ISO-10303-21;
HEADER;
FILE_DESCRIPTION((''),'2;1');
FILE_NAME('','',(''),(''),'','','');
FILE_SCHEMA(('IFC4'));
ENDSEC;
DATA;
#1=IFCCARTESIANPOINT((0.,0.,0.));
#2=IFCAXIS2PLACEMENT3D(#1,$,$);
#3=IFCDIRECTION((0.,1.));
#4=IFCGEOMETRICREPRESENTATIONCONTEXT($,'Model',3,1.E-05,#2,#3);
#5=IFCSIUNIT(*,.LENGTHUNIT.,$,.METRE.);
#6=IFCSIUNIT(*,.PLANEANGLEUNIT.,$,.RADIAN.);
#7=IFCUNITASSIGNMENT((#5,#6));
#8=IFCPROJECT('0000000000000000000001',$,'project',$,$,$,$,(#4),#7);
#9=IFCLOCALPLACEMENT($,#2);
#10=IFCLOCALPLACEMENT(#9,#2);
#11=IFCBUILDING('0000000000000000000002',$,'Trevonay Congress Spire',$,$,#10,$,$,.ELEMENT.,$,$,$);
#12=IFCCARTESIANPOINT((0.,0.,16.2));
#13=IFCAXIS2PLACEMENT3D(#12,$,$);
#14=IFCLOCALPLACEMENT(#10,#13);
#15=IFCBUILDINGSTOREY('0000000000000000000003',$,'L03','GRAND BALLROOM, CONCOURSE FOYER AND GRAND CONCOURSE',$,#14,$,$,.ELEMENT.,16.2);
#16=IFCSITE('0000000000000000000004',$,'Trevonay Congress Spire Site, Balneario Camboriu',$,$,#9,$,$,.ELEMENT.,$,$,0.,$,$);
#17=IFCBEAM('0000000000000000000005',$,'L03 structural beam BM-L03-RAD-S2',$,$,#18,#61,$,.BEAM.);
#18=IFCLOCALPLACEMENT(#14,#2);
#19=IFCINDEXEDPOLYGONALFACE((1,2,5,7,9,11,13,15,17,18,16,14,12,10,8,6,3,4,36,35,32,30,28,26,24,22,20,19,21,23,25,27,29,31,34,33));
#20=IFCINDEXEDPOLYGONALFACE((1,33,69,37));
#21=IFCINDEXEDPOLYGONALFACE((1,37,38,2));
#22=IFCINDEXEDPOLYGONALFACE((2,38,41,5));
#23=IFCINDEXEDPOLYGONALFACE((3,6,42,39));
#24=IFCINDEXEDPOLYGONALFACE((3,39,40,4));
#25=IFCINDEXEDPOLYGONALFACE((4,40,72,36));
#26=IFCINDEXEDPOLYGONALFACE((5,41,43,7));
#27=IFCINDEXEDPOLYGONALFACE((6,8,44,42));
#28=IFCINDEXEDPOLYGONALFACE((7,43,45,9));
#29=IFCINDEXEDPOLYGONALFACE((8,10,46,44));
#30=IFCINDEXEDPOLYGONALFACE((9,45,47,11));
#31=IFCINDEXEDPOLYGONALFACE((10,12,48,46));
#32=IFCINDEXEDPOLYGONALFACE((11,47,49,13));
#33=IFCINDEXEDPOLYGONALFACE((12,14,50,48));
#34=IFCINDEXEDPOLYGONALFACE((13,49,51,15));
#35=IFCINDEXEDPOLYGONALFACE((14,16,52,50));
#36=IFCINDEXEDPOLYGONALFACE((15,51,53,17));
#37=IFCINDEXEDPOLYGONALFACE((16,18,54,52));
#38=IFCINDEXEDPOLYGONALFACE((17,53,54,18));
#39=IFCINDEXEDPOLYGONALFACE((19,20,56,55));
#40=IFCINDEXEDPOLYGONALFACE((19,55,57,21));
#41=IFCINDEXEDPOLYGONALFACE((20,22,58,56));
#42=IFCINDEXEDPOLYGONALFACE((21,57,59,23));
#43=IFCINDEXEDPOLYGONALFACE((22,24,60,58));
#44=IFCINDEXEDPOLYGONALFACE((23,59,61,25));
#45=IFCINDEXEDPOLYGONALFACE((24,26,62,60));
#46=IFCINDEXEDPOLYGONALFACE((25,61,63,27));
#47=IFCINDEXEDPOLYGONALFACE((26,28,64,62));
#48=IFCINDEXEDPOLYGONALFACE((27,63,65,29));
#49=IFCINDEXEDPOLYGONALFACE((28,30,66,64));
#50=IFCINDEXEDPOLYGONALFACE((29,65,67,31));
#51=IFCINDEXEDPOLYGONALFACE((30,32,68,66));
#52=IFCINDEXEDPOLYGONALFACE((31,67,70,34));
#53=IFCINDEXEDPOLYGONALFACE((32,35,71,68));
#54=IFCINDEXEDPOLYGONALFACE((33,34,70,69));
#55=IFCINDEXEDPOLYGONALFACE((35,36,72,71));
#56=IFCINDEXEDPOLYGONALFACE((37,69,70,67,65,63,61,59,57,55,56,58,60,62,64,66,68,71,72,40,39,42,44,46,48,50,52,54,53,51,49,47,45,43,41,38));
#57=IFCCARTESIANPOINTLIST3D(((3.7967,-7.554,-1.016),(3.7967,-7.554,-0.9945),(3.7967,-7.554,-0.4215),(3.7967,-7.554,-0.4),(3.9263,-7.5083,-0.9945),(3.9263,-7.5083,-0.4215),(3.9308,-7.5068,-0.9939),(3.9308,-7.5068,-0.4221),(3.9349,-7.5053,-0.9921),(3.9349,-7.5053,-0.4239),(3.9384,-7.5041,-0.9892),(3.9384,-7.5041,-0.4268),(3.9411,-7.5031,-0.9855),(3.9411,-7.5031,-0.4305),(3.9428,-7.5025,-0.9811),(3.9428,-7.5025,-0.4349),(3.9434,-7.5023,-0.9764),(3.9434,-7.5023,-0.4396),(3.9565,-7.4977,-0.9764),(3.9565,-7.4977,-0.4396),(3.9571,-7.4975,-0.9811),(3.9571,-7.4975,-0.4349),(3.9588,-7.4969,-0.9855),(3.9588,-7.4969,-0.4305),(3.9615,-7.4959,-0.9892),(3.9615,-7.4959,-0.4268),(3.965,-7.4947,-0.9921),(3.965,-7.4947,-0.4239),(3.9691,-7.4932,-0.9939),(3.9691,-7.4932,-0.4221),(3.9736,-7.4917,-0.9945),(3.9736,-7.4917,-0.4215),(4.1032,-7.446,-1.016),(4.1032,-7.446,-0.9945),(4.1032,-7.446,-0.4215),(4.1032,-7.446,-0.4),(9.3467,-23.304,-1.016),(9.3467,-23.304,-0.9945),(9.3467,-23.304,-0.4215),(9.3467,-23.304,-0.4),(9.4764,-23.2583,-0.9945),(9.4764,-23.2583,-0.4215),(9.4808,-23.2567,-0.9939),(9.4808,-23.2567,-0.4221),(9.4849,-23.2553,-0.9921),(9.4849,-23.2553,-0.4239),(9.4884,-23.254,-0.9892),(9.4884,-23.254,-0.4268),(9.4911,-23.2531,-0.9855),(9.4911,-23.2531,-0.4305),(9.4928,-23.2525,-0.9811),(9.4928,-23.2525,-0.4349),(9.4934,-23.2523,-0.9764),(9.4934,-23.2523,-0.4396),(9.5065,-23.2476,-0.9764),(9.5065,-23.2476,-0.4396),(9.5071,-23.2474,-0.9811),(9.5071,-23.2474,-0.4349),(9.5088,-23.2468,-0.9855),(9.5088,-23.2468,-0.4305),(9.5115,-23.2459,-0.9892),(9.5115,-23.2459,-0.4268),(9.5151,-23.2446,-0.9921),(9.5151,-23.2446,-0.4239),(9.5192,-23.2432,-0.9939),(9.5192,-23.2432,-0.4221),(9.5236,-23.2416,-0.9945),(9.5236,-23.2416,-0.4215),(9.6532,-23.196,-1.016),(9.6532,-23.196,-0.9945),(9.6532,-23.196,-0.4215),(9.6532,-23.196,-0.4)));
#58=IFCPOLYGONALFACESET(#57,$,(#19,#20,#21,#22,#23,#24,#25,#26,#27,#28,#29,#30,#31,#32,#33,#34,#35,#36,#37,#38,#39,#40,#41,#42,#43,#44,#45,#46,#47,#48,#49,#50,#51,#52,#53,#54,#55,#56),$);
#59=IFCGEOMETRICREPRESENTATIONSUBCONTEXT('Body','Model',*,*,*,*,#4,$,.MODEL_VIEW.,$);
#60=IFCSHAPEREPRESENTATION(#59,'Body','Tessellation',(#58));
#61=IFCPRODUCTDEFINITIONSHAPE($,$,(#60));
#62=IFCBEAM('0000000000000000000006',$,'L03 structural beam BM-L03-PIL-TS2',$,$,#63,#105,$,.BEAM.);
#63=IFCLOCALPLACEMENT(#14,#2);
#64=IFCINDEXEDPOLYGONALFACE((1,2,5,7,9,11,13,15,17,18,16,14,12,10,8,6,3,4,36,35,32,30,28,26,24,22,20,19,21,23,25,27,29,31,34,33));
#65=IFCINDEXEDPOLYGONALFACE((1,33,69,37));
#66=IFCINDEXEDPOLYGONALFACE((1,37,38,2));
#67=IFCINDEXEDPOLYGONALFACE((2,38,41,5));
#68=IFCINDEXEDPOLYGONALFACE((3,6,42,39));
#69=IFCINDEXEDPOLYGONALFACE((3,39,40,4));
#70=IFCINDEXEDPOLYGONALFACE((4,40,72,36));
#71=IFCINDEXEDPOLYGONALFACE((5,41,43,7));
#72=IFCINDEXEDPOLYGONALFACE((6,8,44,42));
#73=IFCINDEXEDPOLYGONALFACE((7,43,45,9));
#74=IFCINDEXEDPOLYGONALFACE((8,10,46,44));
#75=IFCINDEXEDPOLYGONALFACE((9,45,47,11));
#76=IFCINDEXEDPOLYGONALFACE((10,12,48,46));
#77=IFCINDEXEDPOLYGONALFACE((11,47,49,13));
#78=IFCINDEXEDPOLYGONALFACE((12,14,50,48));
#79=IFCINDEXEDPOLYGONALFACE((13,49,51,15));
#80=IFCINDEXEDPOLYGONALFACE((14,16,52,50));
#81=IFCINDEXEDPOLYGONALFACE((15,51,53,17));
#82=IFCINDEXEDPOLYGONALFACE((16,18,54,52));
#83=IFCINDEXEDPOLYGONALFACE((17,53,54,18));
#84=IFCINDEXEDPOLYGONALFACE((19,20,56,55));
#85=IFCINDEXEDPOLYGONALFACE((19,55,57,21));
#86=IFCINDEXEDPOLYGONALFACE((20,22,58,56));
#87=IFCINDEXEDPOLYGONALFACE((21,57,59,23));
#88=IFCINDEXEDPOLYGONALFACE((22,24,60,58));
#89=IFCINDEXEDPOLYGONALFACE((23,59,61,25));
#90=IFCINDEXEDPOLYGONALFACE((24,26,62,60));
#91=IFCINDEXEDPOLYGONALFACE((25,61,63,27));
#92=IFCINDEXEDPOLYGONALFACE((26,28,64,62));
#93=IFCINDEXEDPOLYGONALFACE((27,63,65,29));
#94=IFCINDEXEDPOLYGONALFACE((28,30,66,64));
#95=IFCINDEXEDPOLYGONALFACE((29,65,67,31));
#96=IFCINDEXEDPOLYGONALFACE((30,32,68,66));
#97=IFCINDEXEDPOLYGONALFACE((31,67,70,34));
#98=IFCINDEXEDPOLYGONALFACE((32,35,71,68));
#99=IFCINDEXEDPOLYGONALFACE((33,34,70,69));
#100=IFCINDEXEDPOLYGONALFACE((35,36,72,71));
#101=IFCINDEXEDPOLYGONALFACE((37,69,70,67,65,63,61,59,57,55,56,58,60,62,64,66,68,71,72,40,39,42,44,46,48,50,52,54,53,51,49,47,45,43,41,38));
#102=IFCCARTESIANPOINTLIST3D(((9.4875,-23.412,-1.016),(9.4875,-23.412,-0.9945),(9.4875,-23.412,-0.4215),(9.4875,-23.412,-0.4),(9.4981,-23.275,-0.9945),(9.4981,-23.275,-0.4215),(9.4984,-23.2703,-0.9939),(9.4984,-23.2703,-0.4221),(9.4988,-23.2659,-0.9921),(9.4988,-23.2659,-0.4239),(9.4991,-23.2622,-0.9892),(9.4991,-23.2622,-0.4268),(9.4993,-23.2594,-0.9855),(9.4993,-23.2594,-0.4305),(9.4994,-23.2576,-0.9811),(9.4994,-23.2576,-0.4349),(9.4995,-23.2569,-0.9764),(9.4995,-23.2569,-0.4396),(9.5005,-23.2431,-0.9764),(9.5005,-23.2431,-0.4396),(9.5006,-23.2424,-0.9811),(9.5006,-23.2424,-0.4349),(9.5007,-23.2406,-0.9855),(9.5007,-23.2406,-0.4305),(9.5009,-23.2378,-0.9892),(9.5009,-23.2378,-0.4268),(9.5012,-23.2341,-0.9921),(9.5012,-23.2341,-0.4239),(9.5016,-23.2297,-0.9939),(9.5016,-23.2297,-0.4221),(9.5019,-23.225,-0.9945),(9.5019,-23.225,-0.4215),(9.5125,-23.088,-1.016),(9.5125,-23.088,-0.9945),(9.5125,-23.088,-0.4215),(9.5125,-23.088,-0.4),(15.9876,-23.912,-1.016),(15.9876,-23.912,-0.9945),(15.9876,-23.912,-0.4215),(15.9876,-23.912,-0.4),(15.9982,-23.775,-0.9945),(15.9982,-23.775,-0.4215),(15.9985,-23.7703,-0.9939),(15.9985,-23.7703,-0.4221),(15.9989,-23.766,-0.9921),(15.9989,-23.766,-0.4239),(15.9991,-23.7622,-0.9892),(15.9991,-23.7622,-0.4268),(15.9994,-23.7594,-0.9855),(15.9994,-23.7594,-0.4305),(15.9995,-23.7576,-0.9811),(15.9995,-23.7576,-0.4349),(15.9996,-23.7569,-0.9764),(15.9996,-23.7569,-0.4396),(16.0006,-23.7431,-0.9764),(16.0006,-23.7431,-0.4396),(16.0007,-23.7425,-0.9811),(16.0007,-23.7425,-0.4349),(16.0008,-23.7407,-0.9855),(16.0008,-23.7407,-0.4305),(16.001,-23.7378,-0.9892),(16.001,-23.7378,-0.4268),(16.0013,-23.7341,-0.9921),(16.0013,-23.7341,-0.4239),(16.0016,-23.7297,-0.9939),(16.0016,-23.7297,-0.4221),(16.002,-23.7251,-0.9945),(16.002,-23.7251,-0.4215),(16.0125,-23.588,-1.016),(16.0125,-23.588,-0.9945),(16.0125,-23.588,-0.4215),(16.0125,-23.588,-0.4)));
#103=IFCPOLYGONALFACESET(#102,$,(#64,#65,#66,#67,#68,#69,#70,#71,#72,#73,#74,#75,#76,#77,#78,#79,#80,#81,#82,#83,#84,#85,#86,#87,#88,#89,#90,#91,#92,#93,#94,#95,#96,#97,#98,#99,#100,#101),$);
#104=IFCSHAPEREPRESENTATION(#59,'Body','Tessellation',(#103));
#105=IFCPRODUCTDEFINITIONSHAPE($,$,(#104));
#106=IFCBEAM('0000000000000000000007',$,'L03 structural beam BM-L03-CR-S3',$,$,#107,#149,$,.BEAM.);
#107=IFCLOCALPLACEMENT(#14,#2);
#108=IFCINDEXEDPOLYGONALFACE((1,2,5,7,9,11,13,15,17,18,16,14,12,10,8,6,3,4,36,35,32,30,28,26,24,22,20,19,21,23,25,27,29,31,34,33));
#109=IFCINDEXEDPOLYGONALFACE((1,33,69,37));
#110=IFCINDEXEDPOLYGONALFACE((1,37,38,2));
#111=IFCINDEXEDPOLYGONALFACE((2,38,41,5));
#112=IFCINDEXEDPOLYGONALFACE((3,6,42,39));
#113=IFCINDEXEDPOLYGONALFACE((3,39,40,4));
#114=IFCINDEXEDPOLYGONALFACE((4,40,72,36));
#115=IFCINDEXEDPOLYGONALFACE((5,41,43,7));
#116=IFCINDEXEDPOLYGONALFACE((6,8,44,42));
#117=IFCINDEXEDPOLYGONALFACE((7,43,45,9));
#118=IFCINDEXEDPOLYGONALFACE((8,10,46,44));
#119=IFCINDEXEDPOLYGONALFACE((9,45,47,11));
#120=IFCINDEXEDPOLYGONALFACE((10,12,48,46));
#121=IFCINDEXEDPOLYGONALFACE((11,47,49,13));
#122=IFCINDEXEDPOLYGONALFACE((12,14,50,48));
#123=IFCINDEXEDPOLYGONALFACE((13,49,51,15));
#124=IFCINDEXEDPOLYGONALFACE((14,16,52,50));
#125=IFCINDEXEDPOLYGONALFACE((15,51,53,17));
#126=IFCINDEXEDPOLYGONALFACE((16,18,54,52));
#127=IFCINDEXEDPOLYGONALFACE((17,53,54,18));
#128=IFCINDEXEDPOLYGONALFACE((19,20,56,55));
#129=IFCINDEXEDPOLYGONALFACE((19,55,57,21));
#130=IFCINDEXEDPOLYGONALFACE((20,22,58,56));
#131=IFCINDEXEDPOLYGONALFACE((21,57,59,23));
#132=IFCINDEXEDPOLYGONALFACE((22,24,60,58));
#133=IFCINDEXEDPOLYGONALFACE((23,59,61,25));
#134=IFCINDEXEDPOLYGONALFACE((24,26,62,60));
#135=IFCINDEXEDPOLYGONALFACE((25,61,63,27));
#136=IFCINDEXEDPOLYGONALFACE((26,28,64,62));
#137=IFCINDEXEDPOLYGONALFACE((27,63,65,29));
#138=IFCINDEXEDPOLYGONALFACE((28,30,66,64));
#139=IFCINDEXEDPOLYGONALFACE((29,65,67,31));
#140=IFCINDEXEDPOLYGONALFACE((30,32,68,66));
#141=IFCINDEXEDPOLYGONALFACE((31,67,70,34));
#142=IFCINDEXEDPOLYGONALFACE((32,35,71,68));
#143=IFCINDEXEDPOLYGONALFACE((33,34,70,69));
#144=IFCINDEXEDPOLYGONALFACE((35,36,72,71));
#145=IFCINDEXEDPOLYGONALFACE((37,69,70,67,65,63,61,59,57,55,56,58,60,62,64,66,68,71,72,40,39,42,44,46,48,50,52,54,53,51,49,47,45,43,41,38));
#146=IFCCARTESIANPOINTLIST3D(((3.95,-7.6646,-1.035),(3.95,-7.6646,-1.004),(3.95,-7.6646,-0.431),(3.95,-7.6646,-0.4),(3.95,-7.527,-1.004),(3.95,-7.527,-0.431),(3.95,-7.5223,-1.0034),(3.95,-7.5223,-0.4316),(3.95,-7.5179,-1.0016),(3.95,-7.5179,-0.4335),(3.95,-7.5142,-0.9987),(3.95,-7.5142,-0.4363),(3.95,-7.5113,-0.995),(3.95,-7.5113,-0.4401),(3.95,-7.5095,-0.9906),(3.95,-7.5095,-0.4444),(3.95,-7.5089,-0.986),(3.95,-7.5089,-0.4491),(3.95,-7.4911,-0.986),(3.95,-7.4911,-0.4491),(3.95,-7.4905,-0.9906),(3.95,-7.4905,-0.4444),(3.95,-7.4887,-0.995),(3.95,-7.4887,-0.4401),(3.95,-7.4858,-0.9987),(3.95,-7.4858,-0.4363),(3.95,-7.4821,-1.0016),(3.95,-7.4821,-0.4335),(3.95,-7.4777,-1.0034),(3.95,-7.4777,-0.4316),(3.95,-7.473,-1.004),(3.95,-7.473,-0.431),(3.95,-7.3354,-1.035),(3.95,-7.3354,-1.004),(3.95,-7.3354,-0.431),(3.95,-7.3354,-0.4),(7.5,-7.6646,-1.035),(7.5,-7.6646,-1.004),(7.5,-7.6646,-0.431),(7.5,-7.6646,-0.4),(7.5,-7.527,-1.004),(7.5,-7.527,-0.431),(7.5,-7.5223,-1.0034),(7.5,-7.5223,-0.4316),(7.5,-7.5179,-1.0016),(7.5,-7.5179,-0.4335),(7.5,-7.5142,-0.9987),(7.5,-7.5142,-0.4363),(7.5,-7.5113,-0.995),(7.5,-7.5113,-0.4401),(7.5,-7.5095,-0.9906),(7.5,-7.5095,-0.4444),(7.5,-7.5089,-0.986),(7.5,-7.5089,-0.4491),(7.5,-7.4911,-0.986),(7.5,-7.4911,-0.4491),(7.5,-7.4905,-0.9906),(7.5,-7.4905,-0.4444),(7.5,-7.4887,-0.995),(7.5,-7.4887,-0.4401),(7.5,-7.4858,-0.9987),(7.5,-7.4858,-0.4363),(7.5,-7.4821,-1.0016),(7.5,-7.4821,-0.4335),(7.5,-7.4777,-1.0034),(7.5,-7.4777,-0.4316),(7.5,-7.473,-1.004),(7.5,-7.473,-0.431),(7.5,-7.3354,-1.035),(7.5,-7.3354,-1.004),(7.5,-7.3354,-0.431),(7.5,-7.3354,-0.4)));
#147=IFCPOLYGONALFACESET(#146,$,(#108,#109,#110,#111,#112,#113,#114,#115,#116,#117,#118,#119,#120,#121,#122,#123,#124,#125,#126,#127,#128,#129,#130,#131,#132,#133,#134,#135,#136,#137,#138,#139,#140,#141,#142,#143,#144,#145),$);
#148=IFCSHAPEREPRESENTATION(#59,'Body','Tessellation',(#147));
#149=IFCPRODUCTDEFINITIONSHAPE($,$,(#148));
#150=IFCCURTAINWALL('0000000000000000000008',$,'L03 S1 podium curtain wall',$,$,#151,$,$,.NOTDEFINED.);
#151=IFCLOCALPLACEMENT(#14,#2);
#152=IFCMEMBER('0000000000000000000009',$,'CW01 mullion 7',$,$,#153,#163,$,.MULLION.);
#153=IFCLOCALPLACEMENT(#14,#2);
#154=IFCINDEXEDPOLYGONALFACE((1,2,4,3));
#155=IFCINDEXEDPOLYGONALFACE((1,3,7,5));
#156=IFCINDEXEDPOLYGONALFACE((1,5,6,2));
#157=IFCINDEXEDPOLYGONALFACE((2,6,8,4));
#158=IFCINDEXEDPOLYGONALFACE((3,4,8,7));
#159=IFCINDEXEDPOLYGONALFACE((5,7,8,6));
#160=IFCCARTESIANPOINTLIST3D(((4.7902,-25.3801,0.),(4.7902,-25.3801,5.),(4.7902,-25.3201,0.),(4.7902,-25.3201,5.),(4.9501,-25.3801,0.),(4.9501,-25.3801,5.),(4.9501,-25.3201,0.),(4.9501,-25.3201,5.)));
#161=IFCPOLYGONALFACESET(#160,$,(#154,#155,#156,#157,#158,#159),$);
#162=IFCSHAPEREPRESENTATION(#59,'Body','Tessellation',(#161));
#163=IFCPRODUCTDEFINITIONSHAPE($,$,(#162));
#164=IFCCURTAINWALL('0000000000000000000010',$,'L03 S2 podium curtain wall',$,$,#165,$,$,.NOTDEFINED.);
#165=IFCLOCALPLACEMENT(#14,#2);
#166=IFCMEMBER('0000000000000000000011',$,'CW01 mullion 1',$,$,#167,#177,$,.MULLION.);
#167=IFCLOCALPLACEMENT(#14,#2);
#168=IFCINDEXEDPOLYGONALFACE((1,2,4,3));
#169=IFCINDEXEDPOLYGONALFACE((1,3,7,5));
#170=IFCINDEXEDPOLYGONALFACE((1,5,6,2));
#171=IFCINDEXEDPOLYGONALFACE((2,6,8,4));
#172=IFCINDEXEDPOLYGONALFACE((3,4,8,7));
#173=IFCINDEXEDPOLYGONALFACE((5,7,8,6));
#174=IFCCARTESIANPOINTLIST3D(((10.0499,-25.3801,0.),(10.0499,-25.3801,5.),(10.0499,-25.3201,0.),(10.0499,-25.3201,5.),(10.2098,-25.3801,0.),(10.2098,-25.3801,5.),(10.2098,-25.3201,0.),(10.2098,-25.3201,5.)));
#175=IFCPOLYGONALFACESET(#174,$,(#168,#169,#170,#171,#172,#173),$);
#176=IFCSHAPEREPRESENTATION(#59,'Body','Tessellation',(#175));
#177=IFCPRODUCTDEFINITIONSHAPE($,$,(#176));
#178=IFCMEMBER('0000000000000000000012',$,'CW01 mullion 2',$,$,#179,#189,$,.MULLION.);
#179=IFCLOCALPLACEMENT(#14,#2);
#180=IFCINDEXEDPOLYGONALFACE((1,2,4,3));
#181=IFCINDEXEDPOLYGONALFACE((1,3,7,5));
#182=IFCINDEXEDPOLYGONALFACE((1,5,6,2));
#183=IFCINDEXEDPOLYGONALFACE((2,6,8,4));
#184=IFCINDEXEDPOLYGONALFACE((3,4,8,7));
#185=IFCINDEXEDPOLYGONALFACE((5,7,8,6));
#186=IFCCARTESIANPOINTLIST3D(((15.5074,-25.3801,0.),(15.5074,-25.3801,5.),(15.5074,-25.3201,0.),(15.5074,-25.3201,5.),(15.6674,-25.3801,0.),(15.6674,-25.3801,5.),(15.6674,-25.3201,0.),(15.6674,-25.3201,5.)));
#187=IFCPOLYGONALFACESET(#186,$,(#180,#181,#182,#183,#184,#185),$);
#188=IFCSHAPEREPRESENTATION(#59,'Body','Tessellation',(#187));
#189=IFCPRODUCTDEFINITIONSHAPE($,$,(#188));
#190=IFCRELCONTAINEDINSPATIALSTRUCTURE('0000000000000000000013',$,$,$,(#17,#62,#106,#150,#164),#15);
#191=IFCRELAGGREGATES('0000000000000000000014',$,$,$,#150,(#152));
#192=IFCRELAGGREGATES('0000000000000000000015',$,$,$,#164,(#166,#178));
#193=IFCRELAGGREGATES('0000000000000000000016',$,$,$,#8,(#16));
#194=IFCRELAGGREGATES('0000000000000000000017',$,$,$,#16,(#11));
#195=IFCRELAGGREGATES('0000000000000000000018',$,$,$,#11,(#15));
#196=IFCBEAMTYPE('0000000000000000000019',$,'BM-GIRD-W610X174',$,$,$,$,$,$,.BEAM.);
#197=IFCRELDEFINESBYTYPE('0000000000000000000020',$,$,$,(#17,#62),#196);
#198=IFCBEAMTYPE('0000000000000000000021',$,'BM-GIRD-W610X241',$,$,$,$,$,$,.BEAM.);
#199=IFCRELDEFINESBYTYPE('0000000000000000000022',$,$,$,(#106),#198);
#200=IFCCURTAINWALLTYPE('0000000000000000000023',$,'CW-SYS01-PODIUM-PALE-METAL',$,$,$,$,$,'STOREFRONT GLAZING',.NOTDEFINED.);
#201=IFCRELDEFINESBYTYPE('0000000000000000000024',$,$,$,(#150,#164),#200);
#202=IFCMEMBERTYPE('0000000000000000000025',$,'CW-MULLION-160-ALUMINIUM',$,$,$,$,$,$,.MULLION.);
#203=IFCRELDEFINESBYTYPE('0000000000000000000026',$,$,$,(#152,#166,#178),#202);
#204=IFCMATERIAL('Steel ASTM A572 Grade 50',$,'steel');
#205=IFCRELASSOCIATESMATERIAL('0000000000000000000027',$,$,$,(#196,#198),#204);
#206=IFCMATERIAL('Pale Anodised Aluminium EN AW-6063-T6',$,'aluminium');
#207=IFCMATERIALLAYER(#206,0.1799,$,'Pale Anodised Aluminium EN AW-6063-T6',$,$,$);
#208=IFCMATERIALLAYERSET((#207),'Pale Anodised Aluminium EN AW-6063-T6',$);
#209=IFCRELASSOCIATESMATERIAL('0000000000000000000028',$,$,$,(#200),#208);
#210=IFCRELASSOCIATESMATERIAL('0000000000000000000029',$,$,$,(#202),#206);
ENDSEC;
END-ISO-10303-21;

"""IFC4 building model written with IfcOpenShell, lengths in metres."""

from ifc_helpers import new_model, si_unit, direction, frame, origin, origin_2d, place, context, subcontext, project, spatial, rectangle, i_section, extrude, material, layer, layer_set, material_profile, profile_set, type_object, element, aggregate, save


model = new_model("IFC4")

# Units and contexts
model_context = context("Model", 3, precision=1e-05, world=origin(), true_north=direction((0.0, 1.0)))
body_context = subcontext(model_context, "Body", "Model", "MODEL_VIEW")
ifc_project = project(units=[si_unit("LENGTHUNIT", "METRE"), si_unit("PLANEANGLEUNIT", "RADIAN")], contexts=[model_context])

# Site, building, storey
site_placement = place(None, origin())
site = spatial("IfcSite", under=ifc_project, at=site_placement, Name="Trevonay Congress Spire Site, Balneario Camboriu", CompositionType="ELEMENT", RefElevation=0.0)
building_placement = place(site_placement, origin())
building = spatial("IfcBuilding", under=site, at=building_placement, Name="Trevonay Congress Spire", CompositionType="ELEMENT")
storey_placement = place(building_placement, frame((0.0, 0.0, 16.2)))
storey = spatial("IfcBuildingStorey", under=building, at=storey_placement, Name="L03", Description="GRAND BALLROOM, CONCOURSE FOYER AND GRAND CONCOURSE", CompositionType="ELEMENT", Elevation=16.2)

# Shared definitions
ifc_material_1 = material(Name="Steel ASTM A572 Grade 50", Category="steel")

# Beams
ifc_material_profile_1 = material_profile(ifc_material_1, i_section(OverallWidth=0.325, OverallDepth=0.616, WebThickness=0.0139, FlangeThickness=0.0215, FilletRadius=0.0181, at=origin_2d()), Name="W610x174")
ifc_profile_set_1 = profile_set([ifc_material_profile_1], Name="Steel ASTM A572 Grade 50")
beam_type_1 = type_object("IfcBeamType", Name="BM-GIRD-W610X174", PredefinedType="BEAM", material=ifc_profile_set_1)
beam_1_placement = place(storey_placement, frame((3.95, -7.5, -0.708), z_axis=(0.332353, -0.943155, 0.0), x_axis=(0.943155, 0.332353, 0.0)))
element("IfcBeam", 1, at=beam_1_placement, inside=storey, type_object=beam_type_1, Name="L03 structural beam BM-L03-RAD-S2", PredefinedType="BEAM", context=body_context, shape_type="SweptSolid", body=[
    extrude(i_section(OverallWidth=0.325, OverallDepth=0.616, WebThickness=0.0139, FlangeThickness=0.0215, FilletRadius=0.0181, at=origin_2d()), origin(), (0.0, 0.0, 1.0), 16.6992),
])
beam_2_placement = place(storey_placement, frame((9.5, -23.25, -0.708), z_axis=(0.997054, -0.076696, 0.0), x_axis=(0.076696, 0.997054, 0.0)))
element("IfcBeam", 2, at=beam_2_placement, inside=storey, type_object=beam_type_1, Name="L03 structural beam BM-L03-PIL-TS2", PredefinedType="BEAM", context=body_context, shape_type="SweptSolid", body=[
    extrude(i_section(OverallWidth=0.325, OverallDepth=0.616, WebThickness=0.0139, FlangeThickness=0.0215, FilletRadius=0.0181, at=origin_2d()), origin(), (0.0, 0.0, 1.0), 6.5193),
])
ifc_material_profile_2 = material_profile(ifc_material_1, i_section(OverallWidth=0.3291, OverallDepth=0.635, WebThickness=0.0178, FlangeThickness=0.031, FilletRadius=0.0181, at=origin_2d()), Name="W610x241")
ifc_profile_set_2 = profile_set([ifc_material_profile_2], Name="Steel ASTM A572 Grade 50")
beam_type_2 = type_object("IfcBeamType", Name="BM-GIRD-W610X241", PredefinedType="BEAM", material=ifc_profile_set_2)
beam_3_placement = place(storey_placement, frame((3.95, -7.5, -0.7175), z_axis=(1.0, 0.0, 0.0), x_axis=(0.0, 1.0, 0.0)))
element("IfcBeam", 3, at=beam_3_placement, inside=storey, type_object=beam_type_2, Name="L03 structural beam BM-L03-CR-S3", PredefinedType="BEAM", context=body_context, shape_type="SweptSolid", body=[
    extrude(i_section(OverallWidth=0.3291, OverallDepth=0.635, WebThickness=0.0178, FlangeThickness=0.031, FilletRadius=0.0181, at=origin_2d()), origin(), (0.0, 0.0, 1.0), 3.55),
])

# Curtain wall, member
ifc_material_2 = material(Name="Pale Anodised Aluminium EN AW-6063-T6", Category="aluminium")
ifc_layer_1 = layer(ifc_material_2, 0.1799, Name="Pale Anodised Aluminium EN AW-6063-T6")
ifc_layer_set_1 = layer_set([ifc_layer_1], Name="Pale Anodised Aluminium EN AW-6063-T6")
curtain_wall_type = type_object("IfcCurtainWallType", Name="CW-SYS01-PODIUM-PALE-METAL", ElementType="STOREFRONT GLAZING", PredefinedType="NOTDEFINED", material=ifc_layer_set_1)
curtain_wall_1_placement = place(storey_placement, origin())
curtain_wall_1 = element("IfcCurtainWall", 4, at=curtain_wall_1_placement, inside=storey, type_object=curtain_wall_type, Name="L03 S1 podium curtain wall", PredefinedType="NOTDEFINED")
ifc_material_profile_3 = material_profile(ifc_material_2, rectangle(XDim=0.0601, YDim=0.1599, at=origin_2d()), Name="CW-MULLION-160-ALUMINIUM")
ifc_profile_set_3 = profile_set([ifc_material_profile_3], Name="Pale Anodised Aluminium EN AW-6063-T6")
member_type_1 = type_object("IfcMemberType", Name="CW-MULLION-160-ALUMINIUM", PredefinedType="MULLION", material=ifc_profile_set_3)
member_1_placement = place(storey_placement, frame((4.8701, -25.3501, 0.0), z_axis=(0.0, 0.0, 1.0), x_axis=(0.0, 1.0, 0.0)))
member_1 = element("IfcMember", 5, at=member_1_placement, type_object=member_type_1, Name="CW01 mullion 7", PredefinedType="MULLION", context=body_context, shape_type="SweptSolid", body=[
    extrude(rectangle(XDim=0.0601, YDim=0.1599, at=origin_2d()), origin(), (0.0, 0.0, 1.0), 5.0),
])

# Curtain wall, members
curtain_wall_2_placement = place(storey_placement, origin())
curtain_wall_2 = element("IfcCurtainWall", 6, at=curtain_wall_2_placement, inside=storey, type_object=curtain_wall_type, Name="L03 S2 podium curtain wall", PredefinedType="NOTDEFINED")
member_2_placement = place(storey_placement, frame((10.1299, -25.3501, 0.0), z_axis=(0.0, 0.0, 1.0), x_axis=(0.0, 1.0, 0.0)))
member_2 = element("IfcMember", 7, at=member_2_placement, type_object=member_type_1, Name="CW01 mullion 1", PredefinedType="MULLION", context=body_context, shape_type="SweptSolid", body=[
    extrude(rectangle(XDim=0.0601, YDim=0.1599, at=origin_2d()), origin(), (0.0, 0.0, 1.0), 5.0),
])
member_3_placement = place(storey_placement, frame((15.5874, -25.3501, 0.0), z_axis=(0.0, 0.0, 1.0), x_axis=(0.0, 1.0, 0.0)))
member_3 = element("IfcMember", 8, at=member_3_placement, type_object=member_type_1, Name="CW01 mullion 2", PredefinedType="MULLION", context=body_context, shape_type="SweptSolid", body=[
    extrude(rectangle(XDim=0.0601, YDim=0.1599, at=origin_2d()), origin(), (0.0, 0.0, 1.0), 5.0),
])

aggregate(curtain_wall_1, [member_1])
aggregate(curtain_wall_2, [member_2, member_3])

save(model, "model.ifc")
